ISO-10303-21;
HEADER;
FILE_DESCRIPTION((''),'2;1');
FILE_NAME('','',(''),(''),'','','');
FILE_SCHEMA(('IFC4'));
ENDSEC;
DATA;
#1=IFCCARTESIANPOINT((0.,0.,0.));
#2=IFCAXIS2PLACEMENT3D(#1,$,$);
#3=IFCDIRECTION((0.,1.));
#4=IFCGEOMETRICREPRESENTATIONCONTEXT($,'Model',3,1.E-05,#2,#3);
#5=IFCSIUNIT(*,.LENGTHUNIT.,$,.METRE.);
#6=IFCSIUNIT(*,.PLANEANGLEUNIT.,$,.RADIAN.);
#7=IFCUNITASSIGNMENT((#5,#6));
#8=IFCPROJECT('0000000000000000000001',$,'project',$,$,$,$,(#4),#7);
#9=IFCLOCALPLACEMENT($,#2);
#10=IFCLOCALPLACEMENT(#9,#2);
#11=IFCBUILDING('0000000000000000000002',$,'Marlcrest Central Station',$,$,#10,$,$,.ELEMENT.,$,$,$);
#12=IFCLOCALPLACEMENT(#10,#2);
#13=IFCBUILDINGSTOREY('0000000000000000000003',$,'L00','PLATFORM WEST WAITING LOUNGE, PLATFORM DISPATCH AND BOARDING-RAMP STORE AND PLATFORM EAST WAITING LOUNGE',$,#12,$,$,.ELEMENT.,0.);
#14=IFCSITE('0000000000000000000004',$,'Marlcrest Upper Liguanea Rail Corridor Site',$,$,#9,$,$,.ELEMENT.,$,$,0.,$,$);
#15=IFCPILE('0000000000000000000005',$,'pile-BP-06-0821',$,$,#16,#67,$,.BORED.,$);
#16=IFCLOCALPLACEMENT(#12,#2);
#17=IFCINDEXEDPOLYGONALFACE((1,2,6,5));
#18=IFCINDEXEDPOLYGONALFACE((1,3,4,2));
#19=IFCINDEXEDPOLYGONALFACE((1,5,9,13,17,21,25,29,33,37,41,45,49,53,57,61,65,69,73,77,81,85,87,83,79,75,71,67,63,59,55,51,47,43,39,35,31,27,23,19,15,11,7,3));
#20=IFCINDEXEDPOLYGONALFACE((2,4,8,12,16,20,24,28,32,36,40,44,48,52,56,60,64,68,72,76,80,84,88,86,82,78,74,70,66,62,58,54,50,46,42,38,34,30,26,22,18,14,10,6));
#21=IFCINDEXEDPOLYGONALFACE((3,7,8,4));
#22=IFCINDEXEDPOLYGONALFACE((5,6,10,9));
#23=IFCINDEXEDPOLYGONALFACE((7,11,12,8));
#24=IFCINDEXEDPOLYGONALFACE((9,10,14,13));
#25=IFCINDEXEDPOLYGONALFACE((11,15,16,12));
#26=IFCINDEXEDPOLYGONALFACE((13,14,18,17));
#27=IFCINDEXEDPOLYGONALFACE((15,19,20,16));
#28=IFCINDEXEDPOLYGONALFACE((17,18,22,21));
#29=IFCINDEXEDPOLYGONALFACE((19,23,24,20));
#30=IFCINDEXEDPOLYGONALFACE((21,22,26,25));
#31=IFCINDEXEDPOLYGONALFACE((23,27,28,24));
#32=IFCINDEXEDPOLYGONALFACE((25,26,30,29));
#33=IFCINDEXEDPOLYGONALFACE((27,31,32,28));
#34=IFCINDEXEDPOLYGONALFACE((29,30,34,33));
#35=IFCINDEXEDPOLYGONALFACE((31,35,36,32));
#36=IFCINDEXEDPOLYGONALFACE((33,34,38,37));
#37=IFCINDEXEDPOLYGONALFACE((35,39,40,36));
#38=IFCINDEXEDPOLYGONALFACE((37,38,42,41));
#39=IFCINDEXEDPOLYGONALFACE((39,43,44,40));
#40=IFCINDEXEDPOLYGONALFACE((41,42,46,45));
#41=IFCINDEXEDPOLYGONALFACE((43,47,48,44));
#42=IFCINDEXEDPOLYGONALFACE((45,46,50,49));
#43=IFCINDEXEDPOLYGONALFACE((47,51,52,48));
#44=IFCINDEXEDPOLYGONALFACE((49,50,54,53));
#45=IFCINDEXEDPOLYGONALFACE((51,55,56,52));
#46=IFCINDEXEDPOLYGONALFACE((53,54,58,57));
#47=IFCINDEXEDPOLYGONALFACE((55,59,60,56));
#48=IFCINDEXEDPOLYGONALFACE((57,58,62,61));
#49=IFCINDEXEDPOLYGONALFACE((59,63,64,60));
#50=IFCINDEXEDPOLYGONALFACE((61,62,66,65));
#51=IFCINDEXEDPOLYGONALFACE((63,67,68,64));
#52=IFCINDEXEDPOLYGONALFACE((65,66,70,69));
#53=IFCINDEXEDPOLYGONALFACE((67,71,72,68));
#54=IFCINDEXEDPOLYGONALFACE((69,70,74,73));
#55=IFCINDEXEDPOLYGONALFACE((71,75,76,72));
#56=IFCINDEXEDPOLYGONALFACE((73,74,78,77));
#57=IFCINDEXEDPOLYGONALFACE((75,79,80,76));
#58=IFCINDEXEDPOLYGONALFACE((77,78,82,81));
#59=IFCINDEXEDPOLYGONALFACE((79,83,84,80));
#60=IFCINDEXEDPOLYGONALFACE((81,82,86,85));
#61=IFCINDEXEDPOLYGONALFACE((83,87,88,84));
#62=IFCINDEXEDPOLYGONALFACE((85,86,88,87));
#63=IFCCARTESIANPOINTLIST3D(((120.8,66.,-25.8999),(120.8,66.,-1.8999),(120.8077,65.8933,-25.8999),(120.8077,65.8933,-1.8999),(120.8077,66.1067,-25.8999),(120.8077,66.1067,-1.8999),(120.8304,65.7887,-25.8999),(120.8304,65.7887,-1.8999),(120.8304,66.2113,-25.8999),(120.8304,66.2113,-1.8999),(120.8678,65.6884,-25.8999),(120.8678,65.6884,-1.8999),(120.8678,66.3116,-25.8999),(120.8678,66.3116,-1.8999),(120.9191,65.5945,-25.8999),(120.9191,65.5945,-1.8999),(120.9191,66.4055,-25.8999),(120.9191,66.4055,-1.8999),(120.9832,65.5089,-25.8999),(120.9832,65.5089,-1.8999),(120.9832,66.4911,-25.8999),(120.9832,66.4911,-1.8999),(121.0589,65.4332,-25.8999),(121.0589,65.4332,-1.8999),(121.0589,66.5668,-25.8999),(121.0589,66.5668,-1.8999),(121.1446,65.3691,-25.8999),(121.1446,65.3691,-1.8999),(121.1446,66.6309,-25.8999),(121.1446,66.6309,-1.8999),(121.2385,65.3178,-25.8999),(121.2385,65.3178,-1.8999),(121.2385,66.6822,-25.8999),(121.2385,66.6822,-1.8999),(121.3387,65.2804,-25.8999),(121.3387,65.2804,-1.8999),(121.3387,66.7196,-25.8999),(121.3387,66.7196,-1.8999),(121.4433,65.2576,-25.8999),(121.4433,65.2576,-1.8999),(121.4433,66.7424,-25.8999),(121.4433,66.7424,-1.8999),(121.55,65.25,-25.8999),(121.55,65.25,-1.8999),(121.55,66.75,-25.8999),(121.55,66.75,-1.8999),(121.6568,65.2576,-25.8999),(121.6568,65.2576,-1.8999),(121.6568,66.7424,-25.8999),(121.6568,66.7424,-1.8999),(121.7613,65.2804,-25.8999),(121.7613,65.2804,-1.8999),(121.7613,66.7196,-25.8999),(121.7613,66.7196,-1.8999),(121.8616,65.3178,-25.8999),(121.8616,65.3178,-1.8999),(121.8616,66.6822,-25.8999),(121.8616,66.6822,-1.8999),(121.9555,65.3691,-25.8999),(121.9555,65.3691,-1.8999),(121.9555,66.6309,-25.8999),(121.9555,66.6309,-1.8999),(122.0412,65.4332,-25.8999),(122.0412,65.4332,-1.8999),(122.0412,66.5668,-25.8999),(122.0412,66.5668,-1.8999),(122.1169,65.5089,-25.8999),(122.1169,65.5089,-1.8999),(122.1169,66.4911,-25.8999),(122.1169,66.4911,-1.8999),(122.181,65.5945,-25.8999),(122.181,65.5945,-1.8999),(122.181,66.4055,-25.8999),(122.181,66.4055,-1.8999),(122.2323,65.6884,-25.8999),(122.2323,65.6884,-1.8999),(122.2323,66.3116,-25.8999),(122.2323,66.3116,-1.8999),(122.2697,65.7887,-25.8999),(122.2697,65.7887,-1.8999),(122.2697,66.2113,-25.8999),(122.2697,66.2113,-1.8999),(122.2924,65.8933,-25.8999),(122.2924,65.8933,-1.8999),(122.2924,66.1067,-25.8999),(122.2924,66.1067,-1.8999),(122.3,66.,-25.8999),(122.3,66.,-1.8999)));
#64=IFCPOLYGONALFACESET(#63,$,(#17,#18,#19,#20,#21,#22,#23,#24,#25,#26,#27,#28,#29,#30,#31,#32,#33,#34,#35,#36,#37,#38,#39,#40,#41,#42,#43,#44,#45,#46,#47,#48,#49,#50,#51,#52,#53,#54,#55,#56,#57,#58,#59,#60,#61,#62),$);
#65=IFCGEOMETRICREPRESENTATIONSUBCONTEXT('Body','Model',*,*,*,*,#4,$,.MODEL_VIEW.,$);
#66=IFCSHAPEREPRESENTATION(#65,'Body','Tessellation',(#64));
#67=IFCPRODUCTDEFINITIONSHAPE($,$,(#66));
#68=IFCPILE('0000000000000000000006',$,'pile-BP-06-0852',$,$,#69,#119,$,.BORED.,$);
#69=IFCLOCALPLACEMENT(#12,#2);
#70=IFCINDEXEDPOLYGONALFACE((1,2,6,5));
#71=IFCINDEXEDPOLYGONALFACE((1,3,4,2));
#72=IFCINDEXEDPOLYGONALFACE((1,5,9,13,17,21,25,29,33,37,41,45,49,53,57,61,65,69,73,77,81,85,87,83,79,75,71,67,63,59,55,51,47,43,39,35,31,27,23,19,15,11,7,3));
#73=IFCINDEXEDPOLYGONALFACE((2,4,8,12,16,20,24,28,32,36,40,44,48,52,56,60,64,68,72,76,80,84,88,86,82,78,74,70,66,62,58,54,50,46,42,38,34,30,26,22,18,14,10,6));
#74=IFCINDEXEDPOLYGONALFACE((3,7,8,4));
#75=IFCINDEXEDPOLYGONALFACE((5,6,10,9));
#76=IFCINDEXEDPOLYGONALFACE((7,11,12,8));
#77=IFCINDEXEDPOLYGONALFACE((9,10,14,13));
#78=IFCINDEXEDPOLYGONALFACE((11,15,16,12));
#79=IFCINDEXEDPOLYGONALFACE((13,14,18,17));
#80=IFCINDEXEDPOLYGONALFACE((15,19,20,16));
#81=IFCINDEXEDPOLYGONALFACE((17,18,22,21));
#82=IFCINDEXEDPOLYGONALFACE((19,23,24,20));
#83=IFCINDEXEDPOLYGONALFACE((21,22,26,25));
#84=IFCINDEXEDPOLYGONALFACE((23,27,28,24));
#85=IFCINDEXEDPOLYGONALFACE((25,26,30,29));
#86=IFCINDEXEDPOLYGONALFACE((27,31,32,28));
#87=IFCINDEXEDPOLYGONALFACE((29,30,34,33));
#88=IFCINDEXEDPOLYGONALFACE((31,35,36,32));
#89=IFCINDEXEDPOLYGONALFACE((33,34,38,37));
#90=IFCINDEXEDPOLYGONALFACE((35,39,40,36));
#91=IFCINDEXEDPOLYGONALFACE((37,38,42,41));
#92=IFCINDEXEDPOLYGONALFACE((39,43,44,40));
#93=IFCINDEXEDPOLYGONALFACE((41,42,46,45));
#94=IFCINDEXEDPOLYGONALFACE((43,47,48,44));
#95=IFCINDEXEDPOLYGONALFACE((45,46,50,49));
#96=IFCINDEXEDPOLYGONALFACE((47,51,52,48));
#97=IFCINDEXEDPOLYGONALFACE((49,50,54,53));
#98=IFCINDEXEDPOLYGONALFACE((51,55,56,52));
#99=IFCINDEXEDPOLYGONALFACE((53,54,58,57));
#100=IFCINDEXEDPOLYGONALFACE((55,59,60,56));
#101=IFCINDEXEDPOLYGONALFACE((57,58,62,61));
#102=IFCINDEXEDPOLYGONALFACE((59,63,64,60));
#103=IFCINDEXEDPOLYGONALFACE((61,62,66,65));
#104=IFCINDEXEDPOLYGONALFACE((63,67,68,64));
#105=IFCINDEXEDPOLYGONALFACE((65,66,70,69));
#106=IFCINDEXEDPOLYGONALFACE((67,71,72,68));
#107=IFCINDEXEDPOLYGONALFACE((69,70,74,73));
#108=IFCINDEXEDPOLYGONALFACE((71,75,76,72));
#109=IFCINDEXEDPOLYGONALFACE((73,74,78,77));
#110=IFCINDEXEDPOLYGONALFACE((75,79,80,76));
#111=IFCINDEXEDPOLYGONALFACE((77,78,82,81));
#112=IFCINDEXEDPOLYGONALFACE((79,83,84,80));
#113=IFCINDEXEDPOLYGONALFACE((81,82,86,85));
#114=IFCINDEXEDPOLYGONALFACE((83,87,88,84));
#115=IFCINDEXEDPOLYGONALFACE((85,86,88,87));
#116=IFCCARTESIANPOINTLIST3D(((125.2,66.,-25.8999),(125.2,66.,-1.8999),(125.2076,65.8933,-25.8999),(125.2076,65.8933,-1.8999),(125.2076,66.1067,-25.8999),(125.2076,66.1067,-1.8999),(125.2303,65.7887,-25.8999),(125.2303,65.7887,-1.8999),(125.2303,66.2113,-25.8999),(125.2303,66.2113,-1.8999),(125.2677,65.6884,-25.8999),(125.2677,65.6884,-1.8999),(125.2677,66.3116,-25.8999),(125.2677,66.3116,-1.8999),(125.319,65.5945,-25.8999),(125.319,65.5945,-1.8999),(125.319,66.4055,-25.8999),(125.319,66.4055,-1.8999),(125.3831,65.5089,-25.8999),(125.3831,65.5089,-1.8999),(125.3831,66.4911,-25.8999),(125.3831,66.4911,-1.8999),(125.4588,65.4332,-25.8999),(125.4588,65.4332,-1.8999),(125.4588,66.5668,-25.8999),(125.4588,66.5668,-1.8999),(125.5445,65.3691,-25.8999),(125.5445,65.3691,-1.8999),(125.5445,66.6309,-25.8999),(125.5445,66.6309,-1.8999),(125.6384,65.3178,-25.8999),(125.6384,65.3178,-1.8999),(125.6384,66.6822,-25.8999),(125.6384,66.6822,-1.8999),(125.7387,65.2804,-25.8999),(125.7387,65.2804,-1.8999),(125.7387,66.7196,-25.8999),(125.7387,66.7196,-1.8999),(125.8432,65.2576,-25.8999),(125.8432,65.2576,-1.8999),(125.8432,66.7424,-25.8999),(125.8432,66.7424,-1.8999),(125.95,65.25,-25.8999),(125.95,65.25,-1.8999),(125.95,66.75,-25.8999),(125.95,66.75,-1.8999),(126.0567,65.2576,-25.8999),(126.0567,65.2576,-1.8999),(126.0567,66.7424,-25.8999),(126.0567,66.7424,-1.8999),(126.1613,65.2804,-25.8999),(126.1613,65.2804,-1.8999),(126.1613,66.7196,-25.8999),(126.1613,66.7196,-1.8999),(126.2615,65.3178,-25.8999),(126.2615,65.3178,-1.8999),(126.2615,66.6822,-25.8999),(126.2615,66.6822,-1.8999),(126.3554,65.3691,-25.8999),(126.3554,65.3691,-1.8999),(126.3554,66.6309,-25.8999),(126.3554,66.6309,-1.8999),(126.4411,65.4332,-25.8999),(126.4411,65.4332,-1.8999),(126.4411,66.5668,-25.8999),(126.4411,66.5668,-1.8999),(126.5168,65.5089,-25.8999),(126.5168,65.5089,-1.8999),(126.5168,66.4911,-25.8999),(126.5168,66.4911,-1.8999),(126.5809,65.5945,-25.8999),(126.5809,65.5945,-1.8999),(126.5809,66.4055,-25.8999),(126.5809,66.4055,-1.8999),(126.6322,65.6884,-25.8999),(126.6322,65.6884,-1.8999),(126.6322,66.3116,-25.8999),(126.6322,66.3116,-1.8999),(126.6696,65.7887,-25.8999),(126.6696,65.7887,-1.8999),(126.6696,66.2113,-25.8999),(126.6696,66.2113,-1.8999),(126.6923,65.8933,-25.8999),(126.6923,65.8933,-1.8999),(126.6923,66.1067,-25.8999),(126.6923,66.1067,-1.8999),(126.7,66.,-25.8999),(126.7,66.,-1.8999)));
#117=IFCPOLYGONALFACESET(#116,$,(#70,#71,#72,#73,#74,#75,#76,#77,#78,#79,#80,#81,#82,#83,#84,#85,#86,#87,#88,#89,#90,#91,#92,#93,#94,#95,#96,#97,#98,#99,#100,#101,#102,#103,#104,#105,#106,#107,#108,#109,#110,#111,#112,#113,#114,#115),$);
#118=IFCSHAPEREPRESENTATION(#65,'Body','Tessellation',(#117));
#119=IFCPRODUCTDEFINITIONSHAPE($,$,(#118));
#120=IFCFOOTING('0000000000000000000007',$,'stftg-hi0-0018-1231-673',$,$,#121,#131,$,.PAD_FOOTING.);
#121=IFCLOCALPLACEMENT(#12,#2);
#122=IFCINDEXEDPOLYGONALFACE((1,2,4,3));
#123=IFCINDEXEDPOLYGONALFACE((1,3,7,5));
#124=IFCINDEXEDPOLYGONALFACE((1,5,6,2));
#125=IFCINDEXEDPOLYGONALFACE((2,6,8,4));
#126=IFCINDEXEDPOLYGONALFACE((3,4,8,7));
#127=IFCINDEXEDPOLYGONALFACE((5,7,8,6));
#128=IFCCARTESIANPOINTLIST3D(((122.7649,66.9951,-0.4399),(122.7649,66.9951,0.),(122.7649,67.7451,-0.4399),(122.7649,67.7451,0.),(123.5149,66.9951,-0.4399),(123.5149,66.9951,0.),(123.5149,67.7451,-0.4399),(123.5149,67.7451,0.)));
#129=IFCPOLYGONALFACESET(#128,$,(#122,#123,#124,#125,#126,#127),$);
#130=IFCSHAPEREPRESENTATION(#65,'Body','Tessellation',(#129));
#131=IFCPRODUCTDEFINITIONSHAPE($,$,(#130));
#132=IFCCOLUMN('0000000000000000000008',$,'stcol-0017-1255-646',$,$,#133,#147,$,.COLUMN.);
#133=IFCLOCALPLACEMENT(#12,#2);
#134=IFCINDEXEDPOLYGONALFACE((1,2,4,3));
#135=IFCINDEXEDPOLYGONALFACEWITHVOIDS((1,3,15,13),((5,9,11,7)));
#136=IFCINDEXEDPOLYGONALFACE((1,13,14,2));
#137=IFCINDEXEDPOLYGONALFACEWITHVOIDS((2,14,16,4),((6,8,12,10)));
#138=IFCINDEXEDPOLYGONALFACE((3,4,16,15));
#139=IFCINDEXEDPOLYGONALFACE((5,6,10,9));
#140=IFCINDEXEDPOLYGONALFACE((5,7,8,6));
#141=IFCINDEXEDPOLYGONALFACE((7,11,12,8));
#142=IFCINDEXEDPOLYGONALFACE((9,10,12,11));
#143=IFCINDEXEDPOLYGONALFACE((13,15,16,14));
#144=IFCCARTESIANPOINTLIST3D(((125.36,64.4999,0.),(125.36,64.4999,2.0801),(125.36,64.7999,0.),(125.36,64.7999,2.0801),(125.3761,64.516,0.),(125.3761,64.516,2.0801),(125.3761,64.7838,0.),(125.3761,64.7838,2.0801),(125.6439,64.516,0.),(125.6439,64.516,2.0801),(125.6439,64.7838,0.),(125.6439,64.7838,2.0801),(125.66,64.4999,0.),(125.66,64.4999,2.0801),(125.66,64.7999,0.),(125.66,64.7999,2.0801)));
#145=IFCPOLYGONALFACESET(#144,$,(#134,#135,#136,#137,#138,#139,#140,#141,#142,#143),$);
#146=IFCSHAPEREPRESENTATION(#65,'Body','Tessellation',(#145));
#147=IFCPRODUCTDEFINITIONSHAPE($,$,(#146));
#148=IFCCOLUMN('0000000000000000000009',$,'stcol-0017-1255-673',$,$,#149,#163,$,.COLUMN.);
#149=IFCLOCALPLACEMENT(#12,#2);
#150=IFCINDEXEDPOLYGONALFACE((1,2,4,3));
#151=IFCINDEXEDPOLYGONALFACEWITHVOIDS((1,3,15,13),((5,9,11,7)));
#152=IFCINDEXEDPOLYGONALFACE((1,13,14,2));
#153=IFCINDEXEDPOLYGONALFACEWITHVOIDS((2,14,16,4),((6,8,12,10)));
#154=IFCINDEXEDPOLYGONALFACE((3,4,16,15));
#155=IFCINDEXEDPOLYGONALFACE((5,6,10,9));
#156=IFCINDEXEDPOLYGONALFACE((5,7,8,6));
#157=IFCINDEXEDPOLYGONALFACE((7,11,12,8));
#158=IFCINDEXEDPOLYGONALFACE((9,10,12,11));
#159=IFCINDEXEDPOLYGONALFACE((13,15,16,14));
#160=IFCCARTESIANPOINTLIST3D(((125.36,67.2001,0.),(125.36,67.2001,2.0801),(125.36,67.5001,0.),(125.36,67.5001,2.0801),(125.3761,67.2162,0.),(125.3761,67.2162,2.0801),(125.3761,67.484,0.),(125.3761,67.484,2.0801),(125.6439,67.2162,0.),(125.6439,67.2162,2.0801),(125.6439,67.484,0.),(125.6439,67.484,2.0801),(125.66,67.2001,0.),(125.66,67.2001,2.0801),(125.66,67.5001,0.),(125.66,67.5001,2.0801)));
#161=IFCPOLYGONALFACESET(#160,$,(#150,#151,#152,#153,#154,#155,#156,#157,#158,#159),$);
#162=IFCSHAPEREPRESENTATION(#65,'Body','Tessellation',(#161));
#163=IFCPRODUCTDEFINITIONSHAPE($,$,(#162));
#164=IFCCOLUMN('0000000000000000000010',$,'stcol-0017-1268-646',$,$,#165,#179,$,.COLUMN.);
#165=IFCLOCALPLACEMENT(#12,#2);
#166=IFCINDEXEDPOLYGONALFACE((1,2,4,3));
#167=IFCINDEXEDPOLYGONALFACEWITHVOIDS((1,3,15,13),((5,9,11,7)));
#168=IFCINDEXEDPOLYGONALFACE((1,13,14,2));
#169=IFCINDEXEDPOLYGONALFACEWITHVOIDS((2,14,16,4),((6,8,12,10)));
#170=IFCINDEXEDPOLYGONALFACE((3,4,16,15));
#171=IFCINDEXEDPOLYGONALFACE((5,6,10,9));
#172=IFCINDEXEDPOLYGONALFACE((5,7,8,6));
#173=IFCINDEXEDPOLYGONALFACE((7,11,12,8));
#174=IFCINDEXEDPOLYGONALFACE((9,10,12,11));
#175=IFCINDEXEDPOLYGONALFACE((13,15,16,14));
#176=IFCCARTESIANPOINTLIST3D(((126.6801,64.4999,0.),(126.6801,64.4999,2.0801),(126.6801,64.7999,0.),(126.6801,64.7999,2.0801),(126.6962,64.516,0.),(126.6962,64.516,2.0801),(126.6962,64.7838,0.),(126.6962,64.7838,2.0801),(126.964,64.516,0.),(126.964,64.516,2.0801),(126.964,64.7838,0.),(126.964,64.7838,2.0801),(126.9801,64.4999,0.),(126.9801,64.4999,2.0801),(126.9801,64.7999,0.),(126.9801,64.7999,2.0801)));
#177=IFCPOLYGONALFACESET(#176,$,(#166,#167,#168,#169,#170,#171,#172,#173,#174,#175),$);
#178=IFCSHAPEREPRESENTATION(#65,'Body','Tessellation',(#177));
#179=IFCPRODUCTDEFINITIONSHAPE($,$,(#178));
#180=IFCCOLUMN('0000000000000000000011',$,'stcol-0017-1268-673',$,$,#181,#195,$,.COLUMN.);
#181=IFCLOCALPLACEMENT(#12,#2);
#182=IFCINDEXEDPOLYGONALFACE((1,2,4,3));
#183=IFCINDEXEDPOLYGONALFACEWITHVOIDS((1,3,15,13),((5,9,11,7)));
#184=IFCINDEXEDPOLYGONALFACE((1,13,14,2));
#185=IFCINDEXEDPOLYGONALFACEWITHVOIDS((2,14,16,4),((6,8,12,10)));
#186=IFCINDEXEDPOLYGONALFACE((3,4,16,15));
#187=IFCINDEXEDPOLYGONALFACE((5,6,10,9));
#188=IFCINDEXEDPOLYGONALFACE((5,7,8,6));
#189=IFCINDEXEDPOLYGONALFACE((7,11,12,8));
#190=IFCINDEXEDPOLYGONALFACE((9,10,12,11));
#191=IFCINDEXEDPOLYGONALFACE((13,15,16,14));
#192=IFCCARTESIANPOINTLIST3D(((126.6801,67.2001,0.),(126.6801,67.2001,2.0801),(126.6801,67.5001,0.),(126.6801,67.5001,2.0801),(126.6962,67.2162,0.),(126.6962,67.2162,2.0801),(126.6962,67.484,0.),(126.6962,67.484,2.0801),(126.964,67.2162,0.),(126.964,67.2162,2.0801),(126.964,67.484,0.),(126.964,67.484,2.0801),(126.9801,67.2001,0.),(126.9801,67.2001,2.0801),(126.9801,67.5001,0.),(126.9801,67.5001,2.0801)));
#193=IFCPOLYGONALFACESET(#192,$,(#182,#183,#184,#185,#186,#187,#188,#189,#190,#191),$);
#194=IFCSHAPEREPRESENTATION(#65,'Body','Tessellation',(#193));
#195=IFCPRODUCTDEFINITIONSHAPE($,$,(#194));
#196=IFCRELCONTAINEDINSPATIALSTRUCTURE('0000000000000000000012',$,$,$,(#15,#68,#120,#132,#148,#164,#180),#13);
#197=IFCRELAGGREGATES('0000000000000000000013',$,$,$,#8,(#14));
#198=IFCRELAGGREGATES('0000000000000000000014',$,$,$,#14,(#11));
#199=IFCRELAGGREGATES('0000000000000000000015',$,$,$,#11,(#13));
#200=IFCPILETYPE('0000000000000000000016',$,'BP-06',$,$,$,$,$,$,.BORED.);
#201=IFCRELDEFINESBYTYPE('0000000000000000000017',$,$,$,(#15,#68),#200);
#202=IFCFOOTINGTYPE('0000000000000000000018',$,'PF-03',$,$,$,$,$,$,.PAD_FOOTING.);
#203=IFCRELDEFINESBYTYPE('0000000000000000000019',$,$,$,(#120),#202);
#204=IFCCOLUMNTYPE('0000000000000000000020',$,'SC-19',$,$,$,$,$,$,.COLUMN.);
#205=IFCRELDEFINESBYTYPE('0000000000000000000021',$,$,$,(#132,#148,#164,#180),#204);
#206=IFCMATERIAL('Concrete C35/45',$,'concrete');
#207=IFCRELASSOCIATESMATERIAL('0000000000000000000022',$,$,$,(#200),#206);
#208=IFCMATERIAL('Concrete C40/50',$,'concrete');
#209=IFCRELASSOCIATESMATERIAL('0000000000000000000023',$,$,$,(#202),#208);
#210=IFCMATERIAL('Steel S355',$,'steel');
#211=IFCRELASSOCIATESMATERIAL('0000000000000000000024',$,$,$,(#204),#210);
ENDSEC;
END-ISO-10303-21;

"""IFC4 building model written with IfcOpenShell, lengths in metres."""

from ifc_helpers import new_model, si_unit, direction, frame, origin, origin_2d, place, context, subcontext, project, spatial, rectangle, hollow_rectangle, circle, extrude, material, material_profile, profile_set, type_object, element, save


model = new_model("IFC4")

# Units and contexts
model_context = context("Model", 3, precision=1e-05, world=origin(), true_north=direction((0.0, 1.0)))
body_context = subcontext(model_context, "Body", "Model", "MODEL_VIEW")
ifc_project = project(units=[si_unit("LENGTHUNIT", "METRE"), si_unit("PLANEANGLEUNIT", "RADIAN")], contexts=[model_context])

# Site, building, storey
site_placement = place(None, origin())
site = spatial("IfcSite", under=ifc_project, at=site_placement, Name="Marlcrest Upper Liguanea Rail Corridor Site", CompositionType="ELEMENT", RefElevation=0.0)
building_placement = place(site_placement, origin())
building = spatial("IfcBuilding", under=site, at=building_placement, Name="Marlcrest Central Station", CompositionType="ELEMENT")
storey_placement = place(building_placement, origin())
storey = spatial("IfcBuildingStorey", under=building, at=storey_placement, Name="L00", Description="PLATFORM WEST WAITING LOUNGE, PLATFORM DISPATCH AND BOARDING-RAMP STORE AND PLATFORM EAST WAITING LOUNGE", CompositionType="ELEMENT", Elevation=0.0)

# Piles
ifc_material_1 = material(Name="Concrete C35/45", Category="concrete")
ifc_material_profile_1 = material_profile(ifc_material_1, circle(Radius=0.75, at=origin_2d()), Name="PILE D1500")
ifc_profile_set_1 = profile_set([ifc_material_profile_1], Name="Concrete C35/45")
pile_type = type_object("IfcPileType", Name="BP-06", PredefinedType="BORED", material=ifc_profile_set_1)
for number, where, z_axis, x_axis, name in (
    (1, (121.55, 66.0, -1.8999), (0.0, 0.0, -1.0), (1.0, 0.0, 0.0), "pile-BP-06-0821"),
    (2, (125.95, 66.0, -1.8999), (0.0, 0.0, -1.0), (1.0, 0.0, 0.0), "pile-BP-06-0852"),
):
    element("IfcPile", number, at=place(storey_placement, frame(where, z_axis=z_axis, x_axis=x_axis)), inside=storey, type_object=pile_type, Name=name, PredefinedType="BORED", context=body_context, shape_type="SweptSolid", body=[
        extrude(circle(Radius=0.75, at=origin_2d()), origin(), (0.0, 0.0, 1.0), 24.0),
    ])

# Footing
ifc_material_2 = material(Name="Concrete C40/50", Category="concrete")
footing_type = type_object("IfcFootingType", Name="PF-03", PredefinedType="PAD_FOOTING", material=ifc_material_2)
footing_placement = place(storey_placement, frame((123.1399, 67.3701, -0.4399), z_axis=(0.0, 0.0, 1.0), x_axis=(1.0, 0.0, 0.0)))
element("IfcFooting", 3, at=footing_placement, inside=storey, type_object=footing_type, Name="stftg-hi0-0018-1231-673", PredefinedType="PAD_FOOTING", context=body_context, shape_type="SweptSolid", body=[
    extrude(rectangle(XDim=0.75, YDim=0.75, at=origin_2d()), origin(), (0.0, 0.0, 1.0), 0.4399),
])

# Columns
ifc_material_3 = material(Name="Steel S355", Category="steel")
ifc_material_profile_2 = material_profile(ifc_material_3, hollow_rectangle(XDim=0.3, YDim=0.3, WallThickness=0.0161, at=origin_2d()), Name="SHS 300x300x16")
ifc_profile_set_2 = profile_set([ifc_material_profile_2], Name="Steel S355")
column_type = type_object("IfcColumnType", Name="SC-19", PredefinedType="COLUMN", material=ifc_profile_set_2)
for number, where, z_axis, x_axis, name in (
    (4, (125.51, 64.6499, 0.0), (0.0, 0.0, 1.0), (1.0, 0.0, 0.0), "stcol-0017-1255-646"),
    (5, (125.51, 67.3501, 0.0), (0.0, 0.0, 1.0), (1.0, 0.0, 0.0), "stcol-0017-1255-673"),
    (6, (126.8301, 64.6499, 0.0), (0.0, 0.0, 1.0), (1.0, 0.0, 0.0), "stcol-0017-1268-646"),
    (7, (126.8301, 67.3501, 0.0), (0.0, 0.0, 1.0), (1.0, 0.0, 0.0), "stcol-0017-1268-673"),
):
    element("IfcColumn", number, at=place(storey_placement, frame(where, z_axis=z_axis, x_axis=x_axis)), inside=storey, type_object=column_type, Name=name, PredefinedType="COLUMN", context=body_context, shape_type="SweptSolid", body=[
        extrude(hollow_rectangle(XDim=0.3, YDim=0.3, WallThickness=0.0161, at=origin_2d()), origin(), (0.0, 0.0, 1.0), 2.0801),
    ])

save(model, "model.ifc")
